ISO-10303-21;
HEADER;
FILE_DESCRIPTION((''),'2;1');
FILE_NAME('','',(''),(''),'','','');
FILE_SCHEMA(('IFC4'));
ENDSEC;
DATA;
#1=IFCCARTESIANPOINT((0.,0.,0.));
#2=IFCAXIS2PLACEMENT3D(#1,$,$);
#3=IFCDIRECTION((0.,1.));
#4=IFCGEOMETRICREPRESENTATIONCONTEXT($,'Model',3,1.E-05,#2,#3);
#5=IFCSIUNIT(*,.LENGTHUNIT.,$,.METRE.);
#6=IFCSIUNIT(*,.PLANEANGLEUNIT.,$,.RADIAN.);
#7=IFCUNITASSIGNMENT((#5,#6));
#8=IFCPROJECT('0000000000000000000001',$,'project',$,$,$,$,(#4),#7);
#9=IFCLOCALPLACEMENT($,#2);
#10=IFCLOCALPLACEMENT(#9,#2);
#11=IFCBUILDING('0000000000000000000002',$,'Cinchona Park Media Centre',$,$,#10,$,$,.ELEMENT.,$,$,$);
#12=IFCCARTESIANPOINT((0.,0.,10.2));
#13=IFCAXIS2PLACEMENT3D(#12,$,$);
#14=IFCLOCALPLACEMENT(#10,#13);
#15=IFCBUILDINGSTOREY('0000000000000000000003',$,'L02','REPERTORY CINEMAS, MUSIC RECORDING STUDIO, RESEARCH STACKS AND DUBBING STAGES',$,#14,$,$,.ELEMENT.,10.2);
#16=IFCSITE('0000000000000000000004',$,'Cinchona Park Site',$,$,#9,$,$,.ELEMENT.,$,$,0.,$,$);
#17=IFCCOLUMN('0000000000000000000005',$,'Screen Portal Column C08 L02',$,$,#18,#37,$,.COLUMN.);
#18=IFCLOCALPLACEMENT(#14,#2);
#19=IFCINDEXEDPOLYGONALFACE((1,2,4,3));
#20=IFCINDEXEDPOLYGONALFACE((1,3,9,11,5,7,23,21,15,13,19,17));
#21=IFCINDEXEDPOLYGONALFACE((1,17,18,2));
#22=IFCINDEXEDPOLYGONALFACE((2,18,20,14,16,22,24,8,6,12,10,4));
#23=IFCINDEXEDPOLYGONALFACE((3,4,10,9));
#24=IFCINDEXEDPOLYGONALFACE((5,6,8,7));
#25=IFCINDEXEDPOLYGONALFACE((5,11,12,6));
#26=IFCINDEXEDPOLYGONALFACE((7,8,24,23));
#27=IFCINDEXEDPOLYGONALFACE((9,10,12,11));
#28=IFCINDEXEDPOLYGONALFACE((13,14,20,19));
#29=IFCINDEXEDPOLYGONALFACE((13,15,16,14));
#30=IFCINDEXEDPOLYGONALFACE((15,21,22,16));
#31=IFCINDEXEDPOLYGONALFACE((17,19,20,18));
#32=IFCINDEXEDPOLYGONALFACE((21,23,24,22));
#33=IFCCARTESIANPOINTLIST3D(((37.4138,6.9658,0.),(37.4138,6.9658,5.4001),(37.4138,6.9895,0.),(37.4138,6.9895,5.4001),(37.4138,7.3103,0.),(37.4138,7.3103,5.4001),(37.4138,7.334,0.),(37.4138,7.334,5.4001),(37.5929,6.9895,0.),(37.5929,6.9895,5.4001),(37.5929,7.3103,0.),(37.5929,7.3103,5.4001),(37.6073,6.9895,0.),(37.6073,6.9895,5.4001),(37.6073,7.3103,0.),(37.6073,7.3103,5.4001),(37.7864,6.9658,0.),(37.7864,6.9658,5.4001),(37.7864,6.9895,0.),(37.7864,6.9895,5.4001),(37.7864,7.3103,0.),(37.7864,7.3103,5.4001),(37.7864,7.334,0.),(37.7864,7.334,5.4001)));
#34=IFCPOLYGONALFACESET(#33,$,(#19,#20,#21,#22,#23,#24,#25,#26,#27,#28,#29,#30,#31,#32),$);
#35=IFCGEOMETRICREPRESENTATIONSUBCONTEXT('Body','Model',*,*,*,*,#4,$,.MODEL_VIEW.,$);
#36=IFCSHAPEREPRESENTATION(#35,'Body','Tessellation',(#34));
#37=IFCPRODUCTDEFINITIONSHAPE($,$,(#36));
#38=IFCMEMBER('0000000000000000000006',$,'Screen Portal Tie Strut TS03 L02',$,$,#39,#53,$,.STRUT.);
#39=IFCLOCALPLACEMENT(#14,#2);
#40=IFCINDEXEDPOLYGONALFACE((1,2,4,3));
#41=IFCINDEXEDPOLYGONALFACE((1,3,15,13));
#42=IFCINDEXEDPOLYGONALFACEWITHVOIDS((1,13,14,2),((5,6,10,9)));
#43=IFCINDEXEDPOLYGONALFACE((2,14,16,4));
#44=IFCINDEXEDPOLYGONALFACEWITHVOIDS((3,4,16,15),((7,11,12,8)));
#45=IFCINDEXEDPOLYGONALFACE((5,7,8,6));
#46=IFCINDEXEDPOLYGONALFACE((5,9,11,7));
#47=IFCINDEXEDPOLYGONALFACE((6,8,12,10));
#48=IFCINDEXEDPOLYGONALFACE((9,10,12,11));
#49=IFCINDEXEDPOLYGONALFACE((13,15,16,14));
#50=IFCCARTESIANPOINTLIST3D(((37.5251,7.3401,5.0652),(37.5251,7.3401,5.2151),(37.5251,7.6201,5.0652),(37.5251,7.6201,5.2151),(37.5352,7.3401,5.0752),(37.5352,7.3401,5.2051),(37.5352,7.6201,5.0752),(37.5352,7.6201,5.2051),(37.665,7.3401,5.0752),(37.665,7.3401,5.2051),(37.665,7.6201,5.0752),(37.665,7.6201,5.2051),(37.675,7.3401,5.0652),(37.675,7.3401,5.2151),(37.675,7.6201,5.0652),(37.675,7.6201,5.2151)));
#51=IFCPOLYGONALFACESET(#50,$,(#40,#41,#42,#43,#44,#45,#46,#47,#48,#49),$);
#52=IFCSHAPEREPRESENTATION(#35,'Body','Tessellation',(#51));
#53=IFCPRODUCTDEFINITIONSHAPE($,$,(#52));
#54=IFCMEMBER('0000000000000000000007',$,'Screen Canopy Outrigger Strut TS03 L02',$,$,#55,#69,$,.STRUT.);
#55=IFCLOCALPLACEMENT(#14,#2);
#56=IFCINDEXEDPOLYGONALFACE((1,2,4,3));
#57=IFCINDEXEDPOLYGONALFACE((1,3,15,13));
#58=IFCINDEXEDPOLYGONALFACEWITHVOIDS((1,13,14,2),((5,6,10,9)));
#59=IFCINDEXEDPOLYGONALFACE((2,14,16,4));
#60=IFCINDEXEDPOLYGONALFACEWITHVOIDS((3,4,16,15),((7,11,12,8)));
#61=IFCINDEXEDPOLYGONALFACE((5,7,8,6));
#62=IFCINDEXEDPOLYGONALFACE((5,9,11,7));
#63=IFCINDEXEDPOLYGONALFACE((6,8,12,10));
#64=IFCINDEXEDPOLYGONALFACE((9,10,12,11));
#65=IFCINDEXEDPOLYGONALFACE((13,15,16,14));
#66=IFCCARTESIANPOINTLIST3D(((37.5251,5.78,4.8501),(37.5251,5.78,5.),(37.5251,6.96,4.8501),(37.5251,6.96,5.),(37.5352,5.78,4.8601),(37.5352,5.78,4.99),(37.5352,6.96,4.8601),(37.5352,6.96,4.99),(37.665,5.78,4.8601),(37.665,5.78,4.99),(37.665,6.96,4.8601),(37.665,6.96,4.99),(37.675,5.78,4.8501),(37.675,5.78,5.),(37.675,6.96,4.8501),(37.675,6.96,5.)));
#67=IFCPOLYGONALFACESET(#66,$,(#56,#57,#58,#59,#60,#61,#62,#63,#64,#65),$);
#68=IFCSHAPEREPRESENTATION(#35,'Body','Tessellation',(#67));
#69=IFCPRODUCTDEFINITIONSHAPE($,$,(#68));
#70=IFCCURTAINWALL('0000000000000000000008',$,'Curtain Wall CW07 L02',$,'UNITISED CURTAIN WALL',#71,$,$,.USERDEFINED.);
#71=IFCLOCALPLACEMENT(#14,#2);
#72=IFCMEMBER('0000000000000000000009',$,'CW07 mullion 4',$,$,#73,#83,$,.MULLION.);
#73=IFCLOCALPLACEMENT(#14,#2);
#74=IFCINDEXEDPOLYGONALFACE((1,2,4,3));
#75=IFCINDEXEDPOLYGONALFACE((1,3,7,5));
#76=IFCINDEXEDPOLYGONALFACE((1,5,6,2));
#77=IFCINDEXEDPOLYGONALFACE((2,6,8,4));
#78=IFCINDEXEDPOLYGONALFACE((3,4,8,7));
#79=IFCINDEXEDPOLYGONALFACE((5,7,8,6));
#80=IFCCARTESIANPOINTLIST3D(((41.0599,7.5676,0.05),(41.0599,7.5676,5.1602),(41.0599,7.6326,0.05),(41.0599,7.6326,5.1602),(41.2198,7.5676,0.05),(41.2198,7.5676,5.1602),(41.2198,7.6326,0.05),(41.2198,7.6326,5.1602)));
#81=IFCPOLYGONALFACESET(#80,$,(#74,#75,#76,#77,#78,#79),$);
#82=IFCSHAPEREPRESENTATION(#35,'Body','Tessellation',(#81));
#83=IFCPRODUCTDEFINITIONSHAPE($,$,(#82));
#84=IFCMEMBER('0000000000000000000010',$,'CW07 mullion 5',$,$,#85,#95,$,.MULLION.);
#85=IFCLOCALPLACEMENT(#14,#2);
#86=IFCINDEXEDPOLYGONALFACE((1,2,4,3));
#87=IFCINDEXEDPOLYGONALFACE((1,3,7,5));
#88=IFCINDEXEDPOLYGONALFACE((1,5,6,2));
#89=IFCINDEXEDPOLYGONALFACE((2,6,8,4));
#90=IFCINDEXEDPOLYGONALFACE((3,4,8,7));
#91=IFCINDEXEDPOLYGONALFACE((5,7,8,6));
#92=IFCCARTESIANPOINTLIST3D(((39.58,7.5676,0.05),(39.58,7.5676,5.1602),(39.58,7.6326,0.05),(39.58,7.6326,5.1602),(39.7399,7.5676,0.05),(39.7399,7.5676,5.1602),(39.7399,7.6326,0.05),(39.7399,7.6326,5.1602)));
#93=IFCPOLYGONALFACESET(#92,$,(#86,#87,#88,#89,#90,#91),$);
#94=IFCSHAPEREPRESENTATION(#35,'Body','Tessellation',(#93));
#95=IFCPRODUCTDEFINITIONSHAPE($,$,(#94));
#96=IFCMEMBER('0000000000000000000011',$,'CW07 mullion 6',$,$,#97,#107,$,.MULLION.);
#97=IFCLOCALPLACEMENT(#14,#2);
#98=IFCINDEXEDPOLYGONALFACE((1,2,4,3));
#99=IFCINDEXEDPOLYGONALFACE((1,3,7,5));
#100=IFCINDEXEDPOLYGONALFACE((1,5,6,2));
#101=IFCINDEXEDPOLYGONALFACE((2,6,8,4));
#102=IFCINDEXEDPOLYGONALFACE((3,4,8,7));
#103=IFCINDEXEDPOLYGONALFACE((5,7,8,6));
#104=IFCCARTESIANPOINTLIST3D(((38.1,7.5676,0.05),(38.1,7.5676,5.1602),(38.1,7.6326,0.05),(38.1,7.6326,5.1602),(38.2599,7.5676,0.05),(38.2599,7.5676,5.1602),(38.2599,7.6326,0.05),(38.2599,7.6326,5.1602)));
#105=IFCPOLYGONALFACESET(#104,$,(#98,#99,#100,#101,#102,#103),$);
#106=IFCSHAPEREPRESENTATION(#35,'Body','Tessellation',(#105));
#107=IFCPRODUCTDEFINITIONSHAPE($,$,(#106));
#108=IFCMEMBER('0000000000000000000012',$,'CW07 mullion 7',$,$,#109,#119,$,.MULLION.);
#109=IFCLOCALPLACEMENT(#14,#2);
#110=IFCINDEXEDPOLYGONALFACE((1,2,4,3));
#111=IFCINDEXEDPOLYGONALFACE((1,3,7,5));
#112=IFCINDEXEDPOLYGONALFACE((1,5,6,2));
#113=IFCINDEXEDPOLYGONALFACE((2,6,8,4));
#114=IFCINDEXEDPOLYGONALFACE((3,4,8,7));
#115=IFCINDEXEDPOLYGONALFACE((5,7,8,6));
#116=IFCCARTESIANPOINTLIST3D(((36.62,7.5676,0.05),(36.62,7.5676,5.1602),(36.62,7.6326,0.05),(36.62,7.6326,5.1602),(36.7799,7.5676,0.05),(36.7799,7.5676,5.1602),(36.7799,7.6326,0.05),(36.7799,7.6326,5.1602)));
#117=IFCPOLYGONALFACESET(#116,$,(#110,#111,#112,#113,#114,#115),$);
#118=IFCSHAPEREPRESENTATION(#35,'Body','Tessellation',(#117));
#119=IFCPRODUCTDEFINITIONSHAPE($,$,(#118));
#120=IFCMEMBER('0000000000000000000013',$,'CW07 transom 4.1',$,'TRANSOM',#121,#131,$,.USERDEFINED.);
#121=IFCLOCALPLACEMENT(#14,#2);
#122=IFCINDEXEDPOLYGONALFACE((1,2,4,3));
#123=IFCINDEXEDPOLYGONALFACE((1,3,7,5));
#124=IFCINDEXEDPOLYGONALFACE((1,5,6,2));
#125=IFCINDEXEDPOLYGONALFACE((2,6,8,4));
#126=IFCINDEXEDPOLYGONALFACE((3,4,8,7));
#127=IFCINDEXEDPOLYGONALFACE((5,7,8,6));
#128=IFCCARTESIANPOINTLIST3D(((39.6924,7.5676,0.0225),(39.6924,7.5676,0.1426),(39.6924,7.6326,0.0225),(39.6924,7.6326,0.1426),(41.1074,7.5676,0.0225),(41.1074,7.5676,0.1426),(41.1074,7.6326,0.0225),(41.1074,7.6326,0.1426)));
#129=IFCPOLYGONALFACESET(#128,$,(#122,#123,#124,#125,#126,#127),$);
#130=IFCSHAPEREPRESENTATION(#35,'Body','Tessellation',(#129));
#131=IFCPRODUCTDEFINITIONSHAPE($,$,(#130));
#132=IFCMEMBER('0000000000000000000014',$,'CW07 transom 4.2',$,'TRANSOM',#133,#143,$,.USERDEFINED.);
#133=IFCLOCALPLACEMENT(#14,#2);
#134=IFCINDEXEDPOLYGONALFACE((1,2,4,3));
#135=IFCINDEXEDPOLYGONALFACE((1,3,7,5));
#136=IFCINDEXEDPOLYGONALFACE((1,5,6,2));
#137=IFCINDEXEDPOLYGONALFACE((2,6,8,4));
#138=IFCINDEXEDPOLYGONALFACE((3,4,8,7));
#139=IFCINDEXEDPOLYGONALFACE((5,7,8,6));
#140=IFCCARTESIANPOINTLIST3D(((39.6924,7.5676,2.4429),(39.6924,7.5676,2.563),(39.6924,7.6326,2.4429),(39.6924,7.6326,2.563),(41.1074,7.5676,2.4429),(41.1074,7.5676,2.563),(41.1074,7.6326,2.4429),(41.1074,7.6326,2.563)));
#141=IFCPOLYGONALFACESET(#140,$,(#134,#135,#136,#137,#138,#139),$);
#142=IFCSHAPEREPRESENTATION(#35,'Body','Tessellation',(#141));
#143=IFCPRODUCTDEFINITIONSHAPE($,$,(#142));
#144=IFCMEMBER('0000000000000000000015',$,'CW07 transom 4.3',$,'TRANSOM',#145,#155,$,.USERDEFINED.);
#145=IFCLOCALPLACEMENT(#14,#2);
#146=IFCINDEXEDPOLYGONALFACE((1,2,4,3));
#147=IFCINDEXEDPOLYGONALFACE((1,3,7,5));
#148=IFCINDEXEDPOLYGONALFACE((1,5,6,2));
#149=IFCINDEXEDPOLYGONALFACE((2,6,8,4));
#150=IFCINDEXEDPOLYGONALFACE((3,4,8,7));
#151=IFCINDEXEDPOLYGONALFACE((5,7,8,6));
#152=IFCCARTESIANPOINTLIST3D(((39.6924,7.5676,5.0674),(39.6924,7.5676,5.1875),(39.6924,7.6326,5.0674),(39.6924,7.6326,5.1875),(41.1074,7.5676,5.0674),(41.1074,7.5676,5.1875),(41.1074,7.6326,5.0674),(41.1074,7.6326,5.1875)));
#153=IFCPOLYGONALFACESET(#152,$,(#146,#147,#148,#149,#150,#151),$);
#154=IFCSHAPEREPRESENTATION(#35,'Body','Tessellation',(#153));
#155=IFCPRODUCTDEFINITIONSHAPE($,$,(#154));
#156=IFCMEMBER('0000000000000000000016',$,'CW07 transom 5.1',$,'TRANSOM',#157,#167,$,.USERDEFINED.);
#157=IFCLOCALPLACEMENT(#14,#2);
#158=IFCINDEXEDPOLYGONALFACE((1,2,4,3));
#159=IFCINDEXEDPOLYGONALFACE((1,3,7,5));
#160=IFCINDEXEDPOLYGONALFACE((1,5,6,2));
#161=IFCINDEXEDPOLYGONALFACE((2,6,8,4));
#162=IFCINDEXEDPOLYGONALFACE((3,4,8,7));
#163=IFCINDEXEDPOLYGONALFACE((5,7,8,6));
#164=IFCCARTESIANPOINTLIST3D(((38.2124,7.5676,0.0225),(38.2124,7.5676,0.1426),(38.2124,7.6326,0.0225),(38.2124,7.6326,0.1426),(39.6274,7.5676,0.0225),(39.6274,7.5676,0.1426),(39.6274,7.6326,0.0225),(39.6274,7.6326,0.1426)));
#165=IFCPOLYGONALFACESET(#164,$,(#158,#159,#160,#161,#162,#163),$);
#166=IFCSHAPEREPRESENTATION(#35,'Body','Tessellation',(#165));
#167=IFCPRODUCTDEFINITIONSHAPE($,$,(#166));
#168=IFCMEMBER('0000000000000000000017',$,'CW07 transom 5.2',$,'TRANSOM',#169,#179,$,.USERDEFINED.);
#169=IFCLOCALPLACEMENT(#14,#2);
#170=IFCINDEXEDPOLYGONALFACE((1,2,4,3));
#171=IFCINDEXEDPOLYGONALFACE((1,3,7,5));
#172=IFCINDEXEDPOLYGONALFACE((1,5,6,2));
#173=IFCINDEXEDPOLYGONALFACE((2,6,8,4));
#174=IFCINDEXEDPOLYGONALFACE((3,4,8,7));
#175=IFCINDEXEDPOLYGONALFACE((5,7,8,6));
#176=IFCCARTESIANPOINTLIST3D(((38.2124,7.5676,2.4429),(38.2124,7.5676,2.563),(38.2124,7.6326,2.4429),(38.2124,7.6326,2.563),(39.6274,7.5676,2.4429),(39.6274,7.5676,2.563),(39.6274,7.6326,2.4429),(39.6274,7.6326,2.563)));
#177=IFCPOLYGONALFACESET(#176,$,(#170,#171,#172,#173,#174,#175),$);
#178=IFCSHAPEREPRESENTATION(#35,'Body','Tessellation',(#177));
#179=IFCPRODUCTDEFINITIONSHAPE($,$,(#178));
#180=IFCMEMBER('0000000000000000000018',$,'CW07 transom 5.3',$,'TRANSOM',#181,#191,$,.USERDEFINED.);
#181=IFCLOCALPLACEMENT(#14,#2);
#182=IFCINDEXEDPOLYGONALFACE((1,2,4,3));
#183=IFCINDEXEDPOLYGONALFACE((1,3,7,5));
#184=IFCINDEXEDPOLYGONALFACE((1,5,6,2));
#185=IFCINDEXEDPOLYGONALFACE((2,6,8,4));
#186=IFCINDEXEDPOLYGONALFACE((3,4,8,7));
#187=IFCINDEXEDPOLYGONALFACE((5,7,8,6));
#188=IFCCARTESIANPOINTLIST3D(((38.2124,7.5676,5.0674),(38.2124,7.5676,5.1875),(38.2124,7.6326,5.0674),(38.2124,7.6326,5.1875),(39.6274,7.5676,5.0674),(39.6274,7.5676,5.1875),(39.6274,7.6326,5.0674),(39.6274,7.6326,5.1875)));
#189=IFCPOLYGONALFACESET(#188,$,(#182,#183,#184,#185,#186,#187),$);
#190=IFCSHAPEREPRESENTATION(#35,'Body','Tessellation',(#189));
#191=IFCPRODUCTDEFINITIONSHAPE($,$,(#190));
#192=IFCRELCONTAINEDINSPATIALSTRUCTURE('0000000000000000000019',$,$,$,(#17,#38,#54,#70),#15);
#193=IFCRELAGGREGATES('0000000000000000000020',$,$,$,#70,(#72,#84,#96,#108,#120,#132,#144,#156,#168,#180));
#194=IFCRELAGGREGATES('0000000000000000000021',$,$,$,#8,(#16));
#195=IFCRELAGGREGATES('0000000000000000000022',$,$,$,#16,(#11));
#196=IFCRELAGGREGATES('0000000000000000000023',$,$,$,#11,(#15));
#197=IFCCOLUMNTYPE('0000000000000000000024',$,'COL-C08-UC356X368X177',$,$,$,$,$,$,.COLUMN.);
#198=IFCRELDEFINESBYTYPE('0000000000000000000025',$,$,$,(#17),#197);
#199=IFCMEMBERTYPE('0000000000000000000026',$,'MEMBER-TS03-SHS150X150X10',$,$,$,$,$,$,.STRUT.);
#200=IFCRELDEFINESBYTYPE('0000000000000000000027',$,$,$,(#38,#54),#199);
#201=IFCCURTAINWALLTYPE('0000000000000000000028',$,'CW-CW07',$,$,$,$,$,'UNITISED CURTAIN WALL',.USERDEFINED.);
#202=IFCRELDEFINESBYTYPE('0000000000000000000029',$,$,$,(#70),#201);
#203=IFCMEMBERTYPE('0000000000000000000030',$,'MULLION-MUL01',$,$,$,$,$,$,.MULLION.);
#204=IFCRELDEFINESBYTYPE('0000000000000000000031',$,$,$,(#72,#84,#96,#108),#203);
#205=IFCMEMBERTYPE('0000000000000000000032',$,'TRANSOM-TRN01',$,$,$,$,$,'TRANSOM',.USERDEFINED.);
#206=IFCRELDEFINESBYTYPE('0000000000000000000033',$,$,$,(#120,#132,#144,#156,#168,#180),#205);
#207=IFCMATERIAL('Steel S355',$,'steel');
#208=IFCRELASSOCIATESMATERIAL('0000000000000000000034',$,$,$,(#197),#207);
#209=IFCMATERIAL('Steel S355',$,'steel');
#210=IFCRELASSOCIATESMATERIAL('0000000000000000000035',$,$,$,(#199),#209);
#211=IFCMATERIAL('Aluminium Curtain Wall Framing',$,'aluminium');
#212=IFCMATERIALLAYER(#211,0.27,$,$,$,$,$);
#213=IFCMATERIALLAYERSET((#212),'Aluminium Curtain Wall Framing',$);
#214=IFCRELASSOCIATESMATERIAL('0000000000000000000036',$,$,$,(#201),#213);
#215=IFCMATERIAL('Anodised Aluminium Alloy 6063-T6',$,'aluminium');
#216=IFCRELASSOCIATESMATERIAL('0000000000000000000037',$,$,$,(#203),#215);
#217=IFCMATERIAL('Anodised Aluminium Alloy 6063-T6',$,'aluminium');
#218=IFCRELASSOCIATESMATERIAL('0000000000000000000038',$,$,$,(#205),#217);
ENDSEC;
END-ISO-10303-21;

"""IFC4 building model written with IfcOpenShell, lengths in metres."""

from ifc_helpers import new_model, si_unit, direction, frame, origin, origin_2d, place, context, subcontext, project, spatial, rectangle, hollow_rectangle, i_section, extrude, material, layer, layer_set, material_profile, profile_set, type_object, element, aggregate, save


model = new_model("IFC4")

# Units and contexts
model_context = context("Model", 3, precision=1e-05, world=origin(), true_north=direction((0.0, 1.0)))
body_context = subcontext(model_context, "Body", "Model", "MODEL_VIEW")
ifc_project = project(units=[si_unit("LENGTHUNIT", "METRE"), si_unit("PLANEANGLEUNIT", "RADIAN")], contexts=[model_context])

# Site, building, storey
site_placement = place(None, origin())
site = spatial("IfcSite", under=ifc_project, at=site_placement, Name="Cinchona Park Site", CompositionType="ELEMENT", RefElevation=0.0)
building_placement = place(site_placement, origin())
building = spatial("IfcBuilding", under=site, at=building_placement, Name="Cinchona Park Media Centre", CompositionType="ELEMENT")
storey_placement = place(building_placement, frame((0.0, 0.0, 10.2)))
storey = spatial("IfcBuildingStorey", under=building, at=storey_placement, Name="L02", Description="REPERTORY CINEMAS, MUSIC RECORDING STUDIO, RESEARCH STACKS AND DUBBING STAGES", CompositionType="ELEMENT", Elevation=10.2)

# Column
ifc_material_1 = material(Name="Steel S355", Category="steel")
ifc_material_profile_1 = material_profile(ifc_material_1, i_section(OverallWidth=0.3726, OverallDepth=0.3682, WebThickness=0.0144, FlangeThickness=0.0237, at=origin_2d()), Name="UC356X368X177")
ifc_profile_set_1 = profile_set([ifc_material_profile_1], Name="Steel S355")
column_type = type_object("IfcColumnType", Name="COL-C08-UC356X368X177", PredefinedType="COLUMN", material=ifc_profile_set_1)
column_placement = place(storey_placement, frame((37.6001, 7.1499, 0.0), z_axis=(0.0, 0.0, 1.0), x_axis=(1.0, 0.0, 0.0)))
element("IfcColumn", 1, at=column_placement, inside=storey, type_object=column_type, Name="Screen Portal Column C08 L02", PredefinedType="COLUMN", context=body_context, shape_type="SweptSolid", body=[
    extrude(i_section(OverallWidth=0.3726, OverallDepth=0.3682, WebThickness=0.0144, FlangeThickness=0.0237, at=origin_2d()), origin(), (0.0, 0.0, 1.0), 5.4001),
])

# Members
ifc_material_2 = material(Name="Steel S355", Category="steel")
ifc_material_profile_2 = material_profile(ifc_material_2, hollow_rectangle(XDim=0.1499, YDim=0.1499, WallThickness=0.01, at=origin_2d()), Name="150X150X10SHS")
ifc_profile_set_2 = profile_set([ifc_material_profile_2], Name="Steel S355")
member_type_1 = type_object("IfcMemberType", Name="MEMBER-TS03-SHS150X150X10", PredefinedType="STRUT", material=ifc_profile_set_2)
member_1_placement = place(storey_placement, frame((37.6001, 7.3401, 5.1401), z_axis=(0.0, 1.0, 0.0), x_axis=(-1.0, 0.0, 0.0)))
element("IfcMember", 2, at=member_1_placement, inside=storey, type_object=member_type_1, Name="Screen Portal Tie Strut TS03 L02", PredefinedType="STRUT", context=body_context, shape_type="SweptSolid", body=[
    extrude(hollow_rectangle(XDim=0.1499, YDim=0.1499, WallThickness=0.01, at=origin_2d()), origin(), (0.0, 0.0, 1.0), 0.28),
])
member_2_placement = place(storey_placement, frame((37.6001, 5.78, 4.925), z_axis=(0.0, 1.0, 0.0), x_axis=(-1.0, 0.0, 0.0)))
element("IfcMember", 3, at=member_2_placement, inside=storey, type_object=member_type_1, Name="Screen Canopy Outrigger Strut TS03 L02", PredefinedType="STRUT", context=body_context, shape_type="SweptSolid", body=[
    extrude(hollow_rectangle(XDim=0.1499, YDim=0.1499, WallThickness=0.01, at=origin_2d()), origin(), (0.0, 0.0, 1.0), 1.1799),
])

# Curtain wall, members
ifc_material_3 = material(Name="Aluminium Curtain Wall Framing", Category="aluminium")
ifc_layer_1 = layer(ifc_material_3, 0.27)
ifc_layer_set_1 = layer_set([ifc_layer_1], Name="Aluminium Curtain Wall Framing")
curtain_wall_type = type_object("IfcCurtainWallType", Name="CW-CW07", ElementType="UNITISED CURTAIN WALL", PredefinedType="USERDEFINED", material=ifc_layer_set_1)
curtain_wall_placement = place(storey_placement, origin())
curtain_wall = element("IfcCurtainWall", 4, at=curtain_wall_placement, inside=storey, type_object=curtain_wall_type, Name="Curtain Wall CW07 L02", ObjectType="UNITISED CURTAIN WALL", PredefinedType="USERDEFINED")
ifc_material_4 = material(Name="Anodised Aluminium Alloy 6063-T6", Category="aluminium")
ifc_material_profile_3 = material_profile(ifc_material_4, rectangle(XDim=0.0649, YDim=0.1599, at=origin_2d()), Name="MUL-65X160")
ifc_profile_set_3 = profile_set([ifc_material_profile_3], Name="Anodised Aluminium Alloy 6063-T6")
member_type_2 = type_object("IfcMemberType", Name="MULLION-MUL01", PredefinedType="MULLION", material=ifc_profile_set_3)
member_3_placement = place(storey_placement, frame((41.1399, 7.6001, 0.05), z_axis=(0.0, 0.0, 1.0), x_axis=(0.0, -1.0, 0.0)))
member_3 = element("IfcMember", 5, at=member_3_placement, type_object=member_type_2, Name="CW07 mullion 4", PredefinedType="MULLION", context=body_context, shape_type="SweptSolid", body=[
    extrude(rectangle(XDim=0.0649, YDim=0.1599, at=origin_2d()), origin(), (0.0, 0.0, 1.0), 5.1101),
])
member_4_placement = place(storey_placement, frame((39.6599, 7.6001, 0.05), z_axis=(0.0, 0.0, 1.0), x_axis=(0.0, -1.0, 0.0)))
member_4 = element("IfcMember", 6, at=member_4_placement, type_object=member_type_2, Name="CW07 mullion 5", PredefinedType="MULLION", context=body_context, shape_type="SweptSolid", body=[
    extrude(rectangle(XDim=0.0649, YDim=0.1599, at=origin_2d()), origin(), (0.0, 0.0, 1.0), 5.1101),
])
member_5_placement = place(storey_placement, frame((38.1799, 7.6001, 0.05), z_axis=(0.0, 0.0, 1.0), x_axis=(0.0, -1.0, 0.0)))
member_5 = element("IfcMember", 7, at=member_5_placement, type_object=member_type_2, Name="CW07 mullion 6", PredefinedType="MULLION", context=body_context, shape_type="SweptSolid", body=[
    extrude(rectangle(XDim=0.0649, YDim=0.1599, at=origin_2d()), origin(), (0.0, 0.0, 1.0), 5.1101),
])
member_6_placement = place(storey_placement, frame((36.7, 7.6001, 0.05), z_axis=(0.0, 0.0, 1.0), x_axis=(0.0, -1.0, 0.0)))
member_6 = element("IfcMember", 8, at=member_6_placement, type_object=member_type_2, Name="CW07 mullion 7", PredefinedType="MULLION", context=body_context, shape_type="SweptSolid", body=[
    extrude(rectangle(XDim=0.0649, YDim=0.1599, at=origin_2d()), origin(), (0.0, 0.0, 1.0), 5.1101),
])
ifc_material_5 = material(Name="Anodised Aluminium Alloy 6063-T6", Category="aluminium")
ifc_material_profile_4 = material_profile(ifc_material_5, rectangle(XDim=0.0649, YDim=0.1201, at=origin_2d()), Name="TRN-65X120")
ifc_profile_set_4 = profile_set([ifc_material_profile_4], Name="Anodised Aluminium Alloy 6063-T6")
member_type_3 = type_object("IfcMemberType", Name="TRANSOM-TRN01", ElementType="TRANSOM", PredefinedType="USERDEFINED", material=ifc_profile_set_4)
member_7_placement = place(storey_placement, frame((41.1074, 7.6001, 0.0825), z_axis=(-1.0, 0.0, 0.0), x_axis=(0.0, -1.0, 0.0)))
member_7 = element("IfcMember", 9, at=member_7_placement, type_object=member_type_3, Name="CW07 transom 4.1", ObjectType="TRANSOM", PredefinedType="USERDEFINED", context=body_context, shape_type="SweptSolid", body=[
    extrude(rectangle(XDim=0.0649, YDim=0.1201, at=origin_2d()), origin(), (0.0, 0.0, 1.0), 1.415),
])
member_8_placement = place(storey_placement, frame((41.1074, 7.6001, 2.5029), z_axis=(-1.0, 0.0, 0.0), x_axis=(0.0, -1.0, 0.0)))
member_8 = element("IfcMember", 10, at=member_8_placement, type_object=member_type_3, Name="CW07 transom 4.2", ObjectType="TRANSOM", PredefinedType="USERDEFINED", context=body_context, shape_type="SweptSolid", body=[
    extrude(rectangle(XDim=0.0649, YDim=0.1201, at=origin_2d()), origin(), (0.0, 0.0, 1.0), 1.415),
])
member_9_placement = place(storey_placement, frame((41.1074, 7.6001, 5.1274), z_axis=(-1.0, 0.0, 0.0), x_axis=(0.0, -1.0, 0.0)))
member_9 = element("IfcMember", 11, at=member_9_placement, type_object=member_type_3, Name="CW07 transom 4.3", ObjectType="TRANSOM", PredefinedType="USERDEFINED", context=body_context, shape_type="SweptSolid", body=[
    extrude(rectangle(XDim=0.0649, YDim=0.1201, at=origin_2d()), origin(), (0.0, 0.0, 1.0), 1.415),
])
member_10_placement = place(storey_placement, frame((39.6274, 7.6001, 0.0825), z_axis=(-1.0, 0.0, 0.0), x_axis=(0.0, -1.0, 0.0)))
member_10 = element("IfcMember", 12, at=member_10_placement, type_object=member_type_3, Name="CW07 transom 5.1", ObjectType="TRANSOM", PredefinedType="USERDEFINED", context=body_context, shape_type="SweptSolid", body=[
    extrude(rectangle(XDim=0.0649, YDim=0.1201, at=origin_2d()), origin(), (0.0, 0.0, 1.0), 1.415),
])
member_11_placement = place(storey_placement, frame((39.6274, 7.6001, 2.5029), z_axis=(-1.0, 0.0, 0.0), x_axis=(0.0, -1.0, 0.0)))
member_11 = element("IfcMember", 13, at=member_11_placement, type_object=member_type_3, Name="CW07 transom 5.2", ObjectType="TRANSOM", PredefinedType="USERDEFINED", context=body_context, shape_type="SweptSolid", body=[
    extrude(rectangle(XDim=0.0649, YDim=0.1201, at=origin_2d()), origin(), (0.0, 0.0, 1.0), 1.415),
])
member_12_placement = place(storey_placement, frame((39.6274, 7.6001, 5.1274), z_axis=(-1.0, 0.0, 0.0), x_axis=(0.0, -1.0, 0.0)))
member_12 = element("IfcMember", 14, at=member_12_placement, type_object=member_type_3, Name="CW07 transom 5.3", ObjectType="TRANSOM", PredefinedType="USERDEFINED", context=body_context, shape_type="SweptSolid", body=[
    extrude(rectangle(XDim=0.0649, YDim=0.1201, at=origin_2d()), origin(), (0.0, 0.0, 1.0), 1.415),
])
aggregate(curtain_wall, [member_3, member_4, member_5, member_6, member_7, member_8, member_9, member_10, member_11, member_12])

save(model, "model.ifc")
